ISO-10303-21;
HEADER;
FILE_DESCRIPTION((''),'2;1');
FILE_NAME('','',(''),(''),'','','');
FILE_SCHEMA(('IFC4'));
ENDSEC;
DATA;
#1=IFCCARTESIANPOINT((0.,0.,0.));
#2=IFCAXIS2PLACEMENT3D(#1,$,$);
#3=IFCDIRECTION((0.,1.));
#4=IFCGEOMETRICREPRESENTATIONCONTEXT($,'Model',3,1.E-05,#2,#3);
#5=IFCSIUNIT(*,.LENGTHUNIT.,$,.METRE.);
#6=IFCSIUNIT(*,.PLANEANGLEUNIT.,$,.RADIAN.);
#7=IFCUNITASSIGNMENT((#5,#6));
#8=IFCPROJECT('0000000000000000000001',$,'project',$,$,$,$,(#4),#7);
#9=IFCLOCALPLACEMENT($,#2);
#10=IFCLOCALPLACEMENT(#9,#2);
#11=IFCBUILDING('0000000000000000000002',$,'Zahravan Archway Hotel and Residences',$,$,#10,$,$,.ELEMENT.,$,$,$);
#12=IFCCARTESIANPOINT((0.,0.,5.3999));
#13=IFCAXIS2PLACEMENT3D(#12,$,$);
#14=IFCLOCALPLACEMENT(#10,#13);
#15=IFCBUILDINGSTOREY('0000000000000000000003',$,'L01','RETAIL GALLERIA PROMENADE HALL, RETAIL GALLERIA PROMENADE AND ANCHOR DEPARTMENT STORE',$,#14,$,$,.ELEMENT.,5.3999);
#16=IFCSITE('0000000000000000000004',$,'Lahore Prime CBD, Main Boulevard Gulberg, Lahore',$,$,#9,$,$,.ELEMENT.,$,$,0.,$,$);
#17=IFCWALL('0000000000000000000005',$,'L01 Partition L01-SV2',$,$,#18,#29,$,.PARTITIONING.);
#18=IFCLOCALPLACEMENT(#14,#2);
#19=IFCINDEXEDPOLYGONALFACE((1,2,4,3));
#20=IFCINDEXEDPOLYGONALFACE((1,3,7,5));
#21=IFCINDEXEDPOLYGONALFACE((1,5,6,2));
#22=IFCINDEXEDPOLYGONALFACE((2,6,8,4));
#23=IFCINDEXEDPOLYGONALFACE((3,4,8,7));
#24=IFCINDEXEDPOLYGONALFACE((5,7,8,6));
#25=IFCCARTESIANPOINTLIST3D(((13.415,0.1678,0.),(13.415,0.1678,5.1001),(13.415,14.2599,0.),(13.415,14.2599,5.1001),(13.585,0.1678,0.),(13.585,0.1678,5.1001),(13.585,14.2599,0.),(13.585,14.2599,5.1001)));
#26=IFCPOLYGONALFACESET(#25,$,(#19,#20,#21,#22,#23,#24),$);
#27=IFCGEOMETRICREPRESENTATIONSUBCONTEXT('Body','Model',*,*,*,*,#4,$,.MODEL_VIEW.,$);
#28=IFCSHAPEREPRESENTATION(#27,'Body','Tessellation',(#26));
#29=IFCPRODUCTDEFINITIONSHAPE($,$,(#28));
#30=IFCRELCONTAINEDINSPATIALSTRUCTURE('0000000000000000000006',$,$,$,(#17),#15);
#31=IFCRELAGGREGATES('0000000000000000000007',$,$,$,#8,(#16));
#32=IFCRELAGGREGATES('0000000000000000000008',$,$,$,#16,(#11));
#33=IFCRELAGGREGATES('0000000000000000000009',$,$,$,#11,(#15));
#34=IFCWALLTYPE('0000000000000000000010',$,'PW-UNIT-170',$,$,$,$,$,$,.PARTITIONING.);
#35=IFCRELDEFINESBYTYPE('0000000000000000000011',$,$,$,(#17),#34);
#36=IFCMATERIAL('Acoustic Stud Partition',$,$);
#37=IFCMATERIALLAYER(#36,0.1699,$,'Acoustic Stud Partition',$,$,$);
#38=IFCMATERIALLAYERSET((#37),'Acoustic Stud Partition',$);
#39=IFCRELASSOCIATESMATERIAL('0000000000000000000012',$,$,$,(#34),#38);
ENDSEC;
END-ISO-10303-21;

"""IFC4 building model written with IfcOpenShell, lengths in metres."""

from ifc_helpers import new_model, si_unit, direction, frame, frame_2d, origin, place, context, subcontext, project, spatial, rectangle, extrude, material, layer, layer_set, type_object, element, save


model = new_model("IFC4")

# Units and contexts
model_context = context("Model", 3, precision=1e-05, world=origin(), true_north=direction((0.0, 1.0)))
body_context = subcontext(model_context, "Body", "Model", "MODEL_VIEW")
ifc_project = project(units=[si_unit("LENGTHUNIT", "METRE"), si_unit("PLANEANGLEUNIT", "RADIAN")], contexts=[model_context])

# Site, building, storey
site_placement = place(None, origin())
site = spatial("IfcSite", under=ifc_project, at=site_placement, Name="Lahore Prime CBD, Main Boulevard Gulberg, Lahore", CompositionType="ELEMENT", RefElevation=0.0)
building_placement = place(site_placement, origin())
building = spatial("IfcBuilding", under=site, at=building_placement, Name="Zahravan Archway Hotel and Residences", CompositionType="ELEMENT")
storey_placement = place(building_placement, frame((0.0, 0.0, 5.3999)))
storey = spatial("IfcBuildingStorey", under=building, at=storey_placement, Name="L01", Description="RETAIL GALLERIA PROMENADE HALL, RETAIL GALLERIA PROMENADE AND ANCHOR DEPARTMENT STORE", CompositionType="ELEMENT", Elevation=5.3999)

# Wall
ifc_material_1 = material(Name="Acoustic Stud Partition")
ifc_layer_1 = layer(ifc_material_1, 0.1699, Name="Acoustic Stud Partition")
ifc_layer_set_1 = layer_set([ifc_layer_1], Name="Acoustic Stud Partition")
wall_type = type_object("IfcWallType", Name="PW-UNIT-170", PredefinedType="PARTITIONING", material=ifc_layer_set_1)
wall_placement = place(storey_placement, frame((13.5, 0.168, 0.0), z_axis=(0.0, 0.0, 1.0), x_axis=(0.0, 1.0, 0.0)))
element("IfcWall", 1, at=wall_placement, inside=storey, type_object=wall_type, Name="L01 Partition L01-SV2", PredefinedType="PARTITIONING", context=body_context, shape_type="SweptSolid", body=[
    extrude(rectangle(XDim=14.092, YDim=0.1699, at=frame_2d((7.0459, 0.0))), origin(), (0.0, 0.0, 1.0), 5.1001),
])

save(model, "model.ifc")
